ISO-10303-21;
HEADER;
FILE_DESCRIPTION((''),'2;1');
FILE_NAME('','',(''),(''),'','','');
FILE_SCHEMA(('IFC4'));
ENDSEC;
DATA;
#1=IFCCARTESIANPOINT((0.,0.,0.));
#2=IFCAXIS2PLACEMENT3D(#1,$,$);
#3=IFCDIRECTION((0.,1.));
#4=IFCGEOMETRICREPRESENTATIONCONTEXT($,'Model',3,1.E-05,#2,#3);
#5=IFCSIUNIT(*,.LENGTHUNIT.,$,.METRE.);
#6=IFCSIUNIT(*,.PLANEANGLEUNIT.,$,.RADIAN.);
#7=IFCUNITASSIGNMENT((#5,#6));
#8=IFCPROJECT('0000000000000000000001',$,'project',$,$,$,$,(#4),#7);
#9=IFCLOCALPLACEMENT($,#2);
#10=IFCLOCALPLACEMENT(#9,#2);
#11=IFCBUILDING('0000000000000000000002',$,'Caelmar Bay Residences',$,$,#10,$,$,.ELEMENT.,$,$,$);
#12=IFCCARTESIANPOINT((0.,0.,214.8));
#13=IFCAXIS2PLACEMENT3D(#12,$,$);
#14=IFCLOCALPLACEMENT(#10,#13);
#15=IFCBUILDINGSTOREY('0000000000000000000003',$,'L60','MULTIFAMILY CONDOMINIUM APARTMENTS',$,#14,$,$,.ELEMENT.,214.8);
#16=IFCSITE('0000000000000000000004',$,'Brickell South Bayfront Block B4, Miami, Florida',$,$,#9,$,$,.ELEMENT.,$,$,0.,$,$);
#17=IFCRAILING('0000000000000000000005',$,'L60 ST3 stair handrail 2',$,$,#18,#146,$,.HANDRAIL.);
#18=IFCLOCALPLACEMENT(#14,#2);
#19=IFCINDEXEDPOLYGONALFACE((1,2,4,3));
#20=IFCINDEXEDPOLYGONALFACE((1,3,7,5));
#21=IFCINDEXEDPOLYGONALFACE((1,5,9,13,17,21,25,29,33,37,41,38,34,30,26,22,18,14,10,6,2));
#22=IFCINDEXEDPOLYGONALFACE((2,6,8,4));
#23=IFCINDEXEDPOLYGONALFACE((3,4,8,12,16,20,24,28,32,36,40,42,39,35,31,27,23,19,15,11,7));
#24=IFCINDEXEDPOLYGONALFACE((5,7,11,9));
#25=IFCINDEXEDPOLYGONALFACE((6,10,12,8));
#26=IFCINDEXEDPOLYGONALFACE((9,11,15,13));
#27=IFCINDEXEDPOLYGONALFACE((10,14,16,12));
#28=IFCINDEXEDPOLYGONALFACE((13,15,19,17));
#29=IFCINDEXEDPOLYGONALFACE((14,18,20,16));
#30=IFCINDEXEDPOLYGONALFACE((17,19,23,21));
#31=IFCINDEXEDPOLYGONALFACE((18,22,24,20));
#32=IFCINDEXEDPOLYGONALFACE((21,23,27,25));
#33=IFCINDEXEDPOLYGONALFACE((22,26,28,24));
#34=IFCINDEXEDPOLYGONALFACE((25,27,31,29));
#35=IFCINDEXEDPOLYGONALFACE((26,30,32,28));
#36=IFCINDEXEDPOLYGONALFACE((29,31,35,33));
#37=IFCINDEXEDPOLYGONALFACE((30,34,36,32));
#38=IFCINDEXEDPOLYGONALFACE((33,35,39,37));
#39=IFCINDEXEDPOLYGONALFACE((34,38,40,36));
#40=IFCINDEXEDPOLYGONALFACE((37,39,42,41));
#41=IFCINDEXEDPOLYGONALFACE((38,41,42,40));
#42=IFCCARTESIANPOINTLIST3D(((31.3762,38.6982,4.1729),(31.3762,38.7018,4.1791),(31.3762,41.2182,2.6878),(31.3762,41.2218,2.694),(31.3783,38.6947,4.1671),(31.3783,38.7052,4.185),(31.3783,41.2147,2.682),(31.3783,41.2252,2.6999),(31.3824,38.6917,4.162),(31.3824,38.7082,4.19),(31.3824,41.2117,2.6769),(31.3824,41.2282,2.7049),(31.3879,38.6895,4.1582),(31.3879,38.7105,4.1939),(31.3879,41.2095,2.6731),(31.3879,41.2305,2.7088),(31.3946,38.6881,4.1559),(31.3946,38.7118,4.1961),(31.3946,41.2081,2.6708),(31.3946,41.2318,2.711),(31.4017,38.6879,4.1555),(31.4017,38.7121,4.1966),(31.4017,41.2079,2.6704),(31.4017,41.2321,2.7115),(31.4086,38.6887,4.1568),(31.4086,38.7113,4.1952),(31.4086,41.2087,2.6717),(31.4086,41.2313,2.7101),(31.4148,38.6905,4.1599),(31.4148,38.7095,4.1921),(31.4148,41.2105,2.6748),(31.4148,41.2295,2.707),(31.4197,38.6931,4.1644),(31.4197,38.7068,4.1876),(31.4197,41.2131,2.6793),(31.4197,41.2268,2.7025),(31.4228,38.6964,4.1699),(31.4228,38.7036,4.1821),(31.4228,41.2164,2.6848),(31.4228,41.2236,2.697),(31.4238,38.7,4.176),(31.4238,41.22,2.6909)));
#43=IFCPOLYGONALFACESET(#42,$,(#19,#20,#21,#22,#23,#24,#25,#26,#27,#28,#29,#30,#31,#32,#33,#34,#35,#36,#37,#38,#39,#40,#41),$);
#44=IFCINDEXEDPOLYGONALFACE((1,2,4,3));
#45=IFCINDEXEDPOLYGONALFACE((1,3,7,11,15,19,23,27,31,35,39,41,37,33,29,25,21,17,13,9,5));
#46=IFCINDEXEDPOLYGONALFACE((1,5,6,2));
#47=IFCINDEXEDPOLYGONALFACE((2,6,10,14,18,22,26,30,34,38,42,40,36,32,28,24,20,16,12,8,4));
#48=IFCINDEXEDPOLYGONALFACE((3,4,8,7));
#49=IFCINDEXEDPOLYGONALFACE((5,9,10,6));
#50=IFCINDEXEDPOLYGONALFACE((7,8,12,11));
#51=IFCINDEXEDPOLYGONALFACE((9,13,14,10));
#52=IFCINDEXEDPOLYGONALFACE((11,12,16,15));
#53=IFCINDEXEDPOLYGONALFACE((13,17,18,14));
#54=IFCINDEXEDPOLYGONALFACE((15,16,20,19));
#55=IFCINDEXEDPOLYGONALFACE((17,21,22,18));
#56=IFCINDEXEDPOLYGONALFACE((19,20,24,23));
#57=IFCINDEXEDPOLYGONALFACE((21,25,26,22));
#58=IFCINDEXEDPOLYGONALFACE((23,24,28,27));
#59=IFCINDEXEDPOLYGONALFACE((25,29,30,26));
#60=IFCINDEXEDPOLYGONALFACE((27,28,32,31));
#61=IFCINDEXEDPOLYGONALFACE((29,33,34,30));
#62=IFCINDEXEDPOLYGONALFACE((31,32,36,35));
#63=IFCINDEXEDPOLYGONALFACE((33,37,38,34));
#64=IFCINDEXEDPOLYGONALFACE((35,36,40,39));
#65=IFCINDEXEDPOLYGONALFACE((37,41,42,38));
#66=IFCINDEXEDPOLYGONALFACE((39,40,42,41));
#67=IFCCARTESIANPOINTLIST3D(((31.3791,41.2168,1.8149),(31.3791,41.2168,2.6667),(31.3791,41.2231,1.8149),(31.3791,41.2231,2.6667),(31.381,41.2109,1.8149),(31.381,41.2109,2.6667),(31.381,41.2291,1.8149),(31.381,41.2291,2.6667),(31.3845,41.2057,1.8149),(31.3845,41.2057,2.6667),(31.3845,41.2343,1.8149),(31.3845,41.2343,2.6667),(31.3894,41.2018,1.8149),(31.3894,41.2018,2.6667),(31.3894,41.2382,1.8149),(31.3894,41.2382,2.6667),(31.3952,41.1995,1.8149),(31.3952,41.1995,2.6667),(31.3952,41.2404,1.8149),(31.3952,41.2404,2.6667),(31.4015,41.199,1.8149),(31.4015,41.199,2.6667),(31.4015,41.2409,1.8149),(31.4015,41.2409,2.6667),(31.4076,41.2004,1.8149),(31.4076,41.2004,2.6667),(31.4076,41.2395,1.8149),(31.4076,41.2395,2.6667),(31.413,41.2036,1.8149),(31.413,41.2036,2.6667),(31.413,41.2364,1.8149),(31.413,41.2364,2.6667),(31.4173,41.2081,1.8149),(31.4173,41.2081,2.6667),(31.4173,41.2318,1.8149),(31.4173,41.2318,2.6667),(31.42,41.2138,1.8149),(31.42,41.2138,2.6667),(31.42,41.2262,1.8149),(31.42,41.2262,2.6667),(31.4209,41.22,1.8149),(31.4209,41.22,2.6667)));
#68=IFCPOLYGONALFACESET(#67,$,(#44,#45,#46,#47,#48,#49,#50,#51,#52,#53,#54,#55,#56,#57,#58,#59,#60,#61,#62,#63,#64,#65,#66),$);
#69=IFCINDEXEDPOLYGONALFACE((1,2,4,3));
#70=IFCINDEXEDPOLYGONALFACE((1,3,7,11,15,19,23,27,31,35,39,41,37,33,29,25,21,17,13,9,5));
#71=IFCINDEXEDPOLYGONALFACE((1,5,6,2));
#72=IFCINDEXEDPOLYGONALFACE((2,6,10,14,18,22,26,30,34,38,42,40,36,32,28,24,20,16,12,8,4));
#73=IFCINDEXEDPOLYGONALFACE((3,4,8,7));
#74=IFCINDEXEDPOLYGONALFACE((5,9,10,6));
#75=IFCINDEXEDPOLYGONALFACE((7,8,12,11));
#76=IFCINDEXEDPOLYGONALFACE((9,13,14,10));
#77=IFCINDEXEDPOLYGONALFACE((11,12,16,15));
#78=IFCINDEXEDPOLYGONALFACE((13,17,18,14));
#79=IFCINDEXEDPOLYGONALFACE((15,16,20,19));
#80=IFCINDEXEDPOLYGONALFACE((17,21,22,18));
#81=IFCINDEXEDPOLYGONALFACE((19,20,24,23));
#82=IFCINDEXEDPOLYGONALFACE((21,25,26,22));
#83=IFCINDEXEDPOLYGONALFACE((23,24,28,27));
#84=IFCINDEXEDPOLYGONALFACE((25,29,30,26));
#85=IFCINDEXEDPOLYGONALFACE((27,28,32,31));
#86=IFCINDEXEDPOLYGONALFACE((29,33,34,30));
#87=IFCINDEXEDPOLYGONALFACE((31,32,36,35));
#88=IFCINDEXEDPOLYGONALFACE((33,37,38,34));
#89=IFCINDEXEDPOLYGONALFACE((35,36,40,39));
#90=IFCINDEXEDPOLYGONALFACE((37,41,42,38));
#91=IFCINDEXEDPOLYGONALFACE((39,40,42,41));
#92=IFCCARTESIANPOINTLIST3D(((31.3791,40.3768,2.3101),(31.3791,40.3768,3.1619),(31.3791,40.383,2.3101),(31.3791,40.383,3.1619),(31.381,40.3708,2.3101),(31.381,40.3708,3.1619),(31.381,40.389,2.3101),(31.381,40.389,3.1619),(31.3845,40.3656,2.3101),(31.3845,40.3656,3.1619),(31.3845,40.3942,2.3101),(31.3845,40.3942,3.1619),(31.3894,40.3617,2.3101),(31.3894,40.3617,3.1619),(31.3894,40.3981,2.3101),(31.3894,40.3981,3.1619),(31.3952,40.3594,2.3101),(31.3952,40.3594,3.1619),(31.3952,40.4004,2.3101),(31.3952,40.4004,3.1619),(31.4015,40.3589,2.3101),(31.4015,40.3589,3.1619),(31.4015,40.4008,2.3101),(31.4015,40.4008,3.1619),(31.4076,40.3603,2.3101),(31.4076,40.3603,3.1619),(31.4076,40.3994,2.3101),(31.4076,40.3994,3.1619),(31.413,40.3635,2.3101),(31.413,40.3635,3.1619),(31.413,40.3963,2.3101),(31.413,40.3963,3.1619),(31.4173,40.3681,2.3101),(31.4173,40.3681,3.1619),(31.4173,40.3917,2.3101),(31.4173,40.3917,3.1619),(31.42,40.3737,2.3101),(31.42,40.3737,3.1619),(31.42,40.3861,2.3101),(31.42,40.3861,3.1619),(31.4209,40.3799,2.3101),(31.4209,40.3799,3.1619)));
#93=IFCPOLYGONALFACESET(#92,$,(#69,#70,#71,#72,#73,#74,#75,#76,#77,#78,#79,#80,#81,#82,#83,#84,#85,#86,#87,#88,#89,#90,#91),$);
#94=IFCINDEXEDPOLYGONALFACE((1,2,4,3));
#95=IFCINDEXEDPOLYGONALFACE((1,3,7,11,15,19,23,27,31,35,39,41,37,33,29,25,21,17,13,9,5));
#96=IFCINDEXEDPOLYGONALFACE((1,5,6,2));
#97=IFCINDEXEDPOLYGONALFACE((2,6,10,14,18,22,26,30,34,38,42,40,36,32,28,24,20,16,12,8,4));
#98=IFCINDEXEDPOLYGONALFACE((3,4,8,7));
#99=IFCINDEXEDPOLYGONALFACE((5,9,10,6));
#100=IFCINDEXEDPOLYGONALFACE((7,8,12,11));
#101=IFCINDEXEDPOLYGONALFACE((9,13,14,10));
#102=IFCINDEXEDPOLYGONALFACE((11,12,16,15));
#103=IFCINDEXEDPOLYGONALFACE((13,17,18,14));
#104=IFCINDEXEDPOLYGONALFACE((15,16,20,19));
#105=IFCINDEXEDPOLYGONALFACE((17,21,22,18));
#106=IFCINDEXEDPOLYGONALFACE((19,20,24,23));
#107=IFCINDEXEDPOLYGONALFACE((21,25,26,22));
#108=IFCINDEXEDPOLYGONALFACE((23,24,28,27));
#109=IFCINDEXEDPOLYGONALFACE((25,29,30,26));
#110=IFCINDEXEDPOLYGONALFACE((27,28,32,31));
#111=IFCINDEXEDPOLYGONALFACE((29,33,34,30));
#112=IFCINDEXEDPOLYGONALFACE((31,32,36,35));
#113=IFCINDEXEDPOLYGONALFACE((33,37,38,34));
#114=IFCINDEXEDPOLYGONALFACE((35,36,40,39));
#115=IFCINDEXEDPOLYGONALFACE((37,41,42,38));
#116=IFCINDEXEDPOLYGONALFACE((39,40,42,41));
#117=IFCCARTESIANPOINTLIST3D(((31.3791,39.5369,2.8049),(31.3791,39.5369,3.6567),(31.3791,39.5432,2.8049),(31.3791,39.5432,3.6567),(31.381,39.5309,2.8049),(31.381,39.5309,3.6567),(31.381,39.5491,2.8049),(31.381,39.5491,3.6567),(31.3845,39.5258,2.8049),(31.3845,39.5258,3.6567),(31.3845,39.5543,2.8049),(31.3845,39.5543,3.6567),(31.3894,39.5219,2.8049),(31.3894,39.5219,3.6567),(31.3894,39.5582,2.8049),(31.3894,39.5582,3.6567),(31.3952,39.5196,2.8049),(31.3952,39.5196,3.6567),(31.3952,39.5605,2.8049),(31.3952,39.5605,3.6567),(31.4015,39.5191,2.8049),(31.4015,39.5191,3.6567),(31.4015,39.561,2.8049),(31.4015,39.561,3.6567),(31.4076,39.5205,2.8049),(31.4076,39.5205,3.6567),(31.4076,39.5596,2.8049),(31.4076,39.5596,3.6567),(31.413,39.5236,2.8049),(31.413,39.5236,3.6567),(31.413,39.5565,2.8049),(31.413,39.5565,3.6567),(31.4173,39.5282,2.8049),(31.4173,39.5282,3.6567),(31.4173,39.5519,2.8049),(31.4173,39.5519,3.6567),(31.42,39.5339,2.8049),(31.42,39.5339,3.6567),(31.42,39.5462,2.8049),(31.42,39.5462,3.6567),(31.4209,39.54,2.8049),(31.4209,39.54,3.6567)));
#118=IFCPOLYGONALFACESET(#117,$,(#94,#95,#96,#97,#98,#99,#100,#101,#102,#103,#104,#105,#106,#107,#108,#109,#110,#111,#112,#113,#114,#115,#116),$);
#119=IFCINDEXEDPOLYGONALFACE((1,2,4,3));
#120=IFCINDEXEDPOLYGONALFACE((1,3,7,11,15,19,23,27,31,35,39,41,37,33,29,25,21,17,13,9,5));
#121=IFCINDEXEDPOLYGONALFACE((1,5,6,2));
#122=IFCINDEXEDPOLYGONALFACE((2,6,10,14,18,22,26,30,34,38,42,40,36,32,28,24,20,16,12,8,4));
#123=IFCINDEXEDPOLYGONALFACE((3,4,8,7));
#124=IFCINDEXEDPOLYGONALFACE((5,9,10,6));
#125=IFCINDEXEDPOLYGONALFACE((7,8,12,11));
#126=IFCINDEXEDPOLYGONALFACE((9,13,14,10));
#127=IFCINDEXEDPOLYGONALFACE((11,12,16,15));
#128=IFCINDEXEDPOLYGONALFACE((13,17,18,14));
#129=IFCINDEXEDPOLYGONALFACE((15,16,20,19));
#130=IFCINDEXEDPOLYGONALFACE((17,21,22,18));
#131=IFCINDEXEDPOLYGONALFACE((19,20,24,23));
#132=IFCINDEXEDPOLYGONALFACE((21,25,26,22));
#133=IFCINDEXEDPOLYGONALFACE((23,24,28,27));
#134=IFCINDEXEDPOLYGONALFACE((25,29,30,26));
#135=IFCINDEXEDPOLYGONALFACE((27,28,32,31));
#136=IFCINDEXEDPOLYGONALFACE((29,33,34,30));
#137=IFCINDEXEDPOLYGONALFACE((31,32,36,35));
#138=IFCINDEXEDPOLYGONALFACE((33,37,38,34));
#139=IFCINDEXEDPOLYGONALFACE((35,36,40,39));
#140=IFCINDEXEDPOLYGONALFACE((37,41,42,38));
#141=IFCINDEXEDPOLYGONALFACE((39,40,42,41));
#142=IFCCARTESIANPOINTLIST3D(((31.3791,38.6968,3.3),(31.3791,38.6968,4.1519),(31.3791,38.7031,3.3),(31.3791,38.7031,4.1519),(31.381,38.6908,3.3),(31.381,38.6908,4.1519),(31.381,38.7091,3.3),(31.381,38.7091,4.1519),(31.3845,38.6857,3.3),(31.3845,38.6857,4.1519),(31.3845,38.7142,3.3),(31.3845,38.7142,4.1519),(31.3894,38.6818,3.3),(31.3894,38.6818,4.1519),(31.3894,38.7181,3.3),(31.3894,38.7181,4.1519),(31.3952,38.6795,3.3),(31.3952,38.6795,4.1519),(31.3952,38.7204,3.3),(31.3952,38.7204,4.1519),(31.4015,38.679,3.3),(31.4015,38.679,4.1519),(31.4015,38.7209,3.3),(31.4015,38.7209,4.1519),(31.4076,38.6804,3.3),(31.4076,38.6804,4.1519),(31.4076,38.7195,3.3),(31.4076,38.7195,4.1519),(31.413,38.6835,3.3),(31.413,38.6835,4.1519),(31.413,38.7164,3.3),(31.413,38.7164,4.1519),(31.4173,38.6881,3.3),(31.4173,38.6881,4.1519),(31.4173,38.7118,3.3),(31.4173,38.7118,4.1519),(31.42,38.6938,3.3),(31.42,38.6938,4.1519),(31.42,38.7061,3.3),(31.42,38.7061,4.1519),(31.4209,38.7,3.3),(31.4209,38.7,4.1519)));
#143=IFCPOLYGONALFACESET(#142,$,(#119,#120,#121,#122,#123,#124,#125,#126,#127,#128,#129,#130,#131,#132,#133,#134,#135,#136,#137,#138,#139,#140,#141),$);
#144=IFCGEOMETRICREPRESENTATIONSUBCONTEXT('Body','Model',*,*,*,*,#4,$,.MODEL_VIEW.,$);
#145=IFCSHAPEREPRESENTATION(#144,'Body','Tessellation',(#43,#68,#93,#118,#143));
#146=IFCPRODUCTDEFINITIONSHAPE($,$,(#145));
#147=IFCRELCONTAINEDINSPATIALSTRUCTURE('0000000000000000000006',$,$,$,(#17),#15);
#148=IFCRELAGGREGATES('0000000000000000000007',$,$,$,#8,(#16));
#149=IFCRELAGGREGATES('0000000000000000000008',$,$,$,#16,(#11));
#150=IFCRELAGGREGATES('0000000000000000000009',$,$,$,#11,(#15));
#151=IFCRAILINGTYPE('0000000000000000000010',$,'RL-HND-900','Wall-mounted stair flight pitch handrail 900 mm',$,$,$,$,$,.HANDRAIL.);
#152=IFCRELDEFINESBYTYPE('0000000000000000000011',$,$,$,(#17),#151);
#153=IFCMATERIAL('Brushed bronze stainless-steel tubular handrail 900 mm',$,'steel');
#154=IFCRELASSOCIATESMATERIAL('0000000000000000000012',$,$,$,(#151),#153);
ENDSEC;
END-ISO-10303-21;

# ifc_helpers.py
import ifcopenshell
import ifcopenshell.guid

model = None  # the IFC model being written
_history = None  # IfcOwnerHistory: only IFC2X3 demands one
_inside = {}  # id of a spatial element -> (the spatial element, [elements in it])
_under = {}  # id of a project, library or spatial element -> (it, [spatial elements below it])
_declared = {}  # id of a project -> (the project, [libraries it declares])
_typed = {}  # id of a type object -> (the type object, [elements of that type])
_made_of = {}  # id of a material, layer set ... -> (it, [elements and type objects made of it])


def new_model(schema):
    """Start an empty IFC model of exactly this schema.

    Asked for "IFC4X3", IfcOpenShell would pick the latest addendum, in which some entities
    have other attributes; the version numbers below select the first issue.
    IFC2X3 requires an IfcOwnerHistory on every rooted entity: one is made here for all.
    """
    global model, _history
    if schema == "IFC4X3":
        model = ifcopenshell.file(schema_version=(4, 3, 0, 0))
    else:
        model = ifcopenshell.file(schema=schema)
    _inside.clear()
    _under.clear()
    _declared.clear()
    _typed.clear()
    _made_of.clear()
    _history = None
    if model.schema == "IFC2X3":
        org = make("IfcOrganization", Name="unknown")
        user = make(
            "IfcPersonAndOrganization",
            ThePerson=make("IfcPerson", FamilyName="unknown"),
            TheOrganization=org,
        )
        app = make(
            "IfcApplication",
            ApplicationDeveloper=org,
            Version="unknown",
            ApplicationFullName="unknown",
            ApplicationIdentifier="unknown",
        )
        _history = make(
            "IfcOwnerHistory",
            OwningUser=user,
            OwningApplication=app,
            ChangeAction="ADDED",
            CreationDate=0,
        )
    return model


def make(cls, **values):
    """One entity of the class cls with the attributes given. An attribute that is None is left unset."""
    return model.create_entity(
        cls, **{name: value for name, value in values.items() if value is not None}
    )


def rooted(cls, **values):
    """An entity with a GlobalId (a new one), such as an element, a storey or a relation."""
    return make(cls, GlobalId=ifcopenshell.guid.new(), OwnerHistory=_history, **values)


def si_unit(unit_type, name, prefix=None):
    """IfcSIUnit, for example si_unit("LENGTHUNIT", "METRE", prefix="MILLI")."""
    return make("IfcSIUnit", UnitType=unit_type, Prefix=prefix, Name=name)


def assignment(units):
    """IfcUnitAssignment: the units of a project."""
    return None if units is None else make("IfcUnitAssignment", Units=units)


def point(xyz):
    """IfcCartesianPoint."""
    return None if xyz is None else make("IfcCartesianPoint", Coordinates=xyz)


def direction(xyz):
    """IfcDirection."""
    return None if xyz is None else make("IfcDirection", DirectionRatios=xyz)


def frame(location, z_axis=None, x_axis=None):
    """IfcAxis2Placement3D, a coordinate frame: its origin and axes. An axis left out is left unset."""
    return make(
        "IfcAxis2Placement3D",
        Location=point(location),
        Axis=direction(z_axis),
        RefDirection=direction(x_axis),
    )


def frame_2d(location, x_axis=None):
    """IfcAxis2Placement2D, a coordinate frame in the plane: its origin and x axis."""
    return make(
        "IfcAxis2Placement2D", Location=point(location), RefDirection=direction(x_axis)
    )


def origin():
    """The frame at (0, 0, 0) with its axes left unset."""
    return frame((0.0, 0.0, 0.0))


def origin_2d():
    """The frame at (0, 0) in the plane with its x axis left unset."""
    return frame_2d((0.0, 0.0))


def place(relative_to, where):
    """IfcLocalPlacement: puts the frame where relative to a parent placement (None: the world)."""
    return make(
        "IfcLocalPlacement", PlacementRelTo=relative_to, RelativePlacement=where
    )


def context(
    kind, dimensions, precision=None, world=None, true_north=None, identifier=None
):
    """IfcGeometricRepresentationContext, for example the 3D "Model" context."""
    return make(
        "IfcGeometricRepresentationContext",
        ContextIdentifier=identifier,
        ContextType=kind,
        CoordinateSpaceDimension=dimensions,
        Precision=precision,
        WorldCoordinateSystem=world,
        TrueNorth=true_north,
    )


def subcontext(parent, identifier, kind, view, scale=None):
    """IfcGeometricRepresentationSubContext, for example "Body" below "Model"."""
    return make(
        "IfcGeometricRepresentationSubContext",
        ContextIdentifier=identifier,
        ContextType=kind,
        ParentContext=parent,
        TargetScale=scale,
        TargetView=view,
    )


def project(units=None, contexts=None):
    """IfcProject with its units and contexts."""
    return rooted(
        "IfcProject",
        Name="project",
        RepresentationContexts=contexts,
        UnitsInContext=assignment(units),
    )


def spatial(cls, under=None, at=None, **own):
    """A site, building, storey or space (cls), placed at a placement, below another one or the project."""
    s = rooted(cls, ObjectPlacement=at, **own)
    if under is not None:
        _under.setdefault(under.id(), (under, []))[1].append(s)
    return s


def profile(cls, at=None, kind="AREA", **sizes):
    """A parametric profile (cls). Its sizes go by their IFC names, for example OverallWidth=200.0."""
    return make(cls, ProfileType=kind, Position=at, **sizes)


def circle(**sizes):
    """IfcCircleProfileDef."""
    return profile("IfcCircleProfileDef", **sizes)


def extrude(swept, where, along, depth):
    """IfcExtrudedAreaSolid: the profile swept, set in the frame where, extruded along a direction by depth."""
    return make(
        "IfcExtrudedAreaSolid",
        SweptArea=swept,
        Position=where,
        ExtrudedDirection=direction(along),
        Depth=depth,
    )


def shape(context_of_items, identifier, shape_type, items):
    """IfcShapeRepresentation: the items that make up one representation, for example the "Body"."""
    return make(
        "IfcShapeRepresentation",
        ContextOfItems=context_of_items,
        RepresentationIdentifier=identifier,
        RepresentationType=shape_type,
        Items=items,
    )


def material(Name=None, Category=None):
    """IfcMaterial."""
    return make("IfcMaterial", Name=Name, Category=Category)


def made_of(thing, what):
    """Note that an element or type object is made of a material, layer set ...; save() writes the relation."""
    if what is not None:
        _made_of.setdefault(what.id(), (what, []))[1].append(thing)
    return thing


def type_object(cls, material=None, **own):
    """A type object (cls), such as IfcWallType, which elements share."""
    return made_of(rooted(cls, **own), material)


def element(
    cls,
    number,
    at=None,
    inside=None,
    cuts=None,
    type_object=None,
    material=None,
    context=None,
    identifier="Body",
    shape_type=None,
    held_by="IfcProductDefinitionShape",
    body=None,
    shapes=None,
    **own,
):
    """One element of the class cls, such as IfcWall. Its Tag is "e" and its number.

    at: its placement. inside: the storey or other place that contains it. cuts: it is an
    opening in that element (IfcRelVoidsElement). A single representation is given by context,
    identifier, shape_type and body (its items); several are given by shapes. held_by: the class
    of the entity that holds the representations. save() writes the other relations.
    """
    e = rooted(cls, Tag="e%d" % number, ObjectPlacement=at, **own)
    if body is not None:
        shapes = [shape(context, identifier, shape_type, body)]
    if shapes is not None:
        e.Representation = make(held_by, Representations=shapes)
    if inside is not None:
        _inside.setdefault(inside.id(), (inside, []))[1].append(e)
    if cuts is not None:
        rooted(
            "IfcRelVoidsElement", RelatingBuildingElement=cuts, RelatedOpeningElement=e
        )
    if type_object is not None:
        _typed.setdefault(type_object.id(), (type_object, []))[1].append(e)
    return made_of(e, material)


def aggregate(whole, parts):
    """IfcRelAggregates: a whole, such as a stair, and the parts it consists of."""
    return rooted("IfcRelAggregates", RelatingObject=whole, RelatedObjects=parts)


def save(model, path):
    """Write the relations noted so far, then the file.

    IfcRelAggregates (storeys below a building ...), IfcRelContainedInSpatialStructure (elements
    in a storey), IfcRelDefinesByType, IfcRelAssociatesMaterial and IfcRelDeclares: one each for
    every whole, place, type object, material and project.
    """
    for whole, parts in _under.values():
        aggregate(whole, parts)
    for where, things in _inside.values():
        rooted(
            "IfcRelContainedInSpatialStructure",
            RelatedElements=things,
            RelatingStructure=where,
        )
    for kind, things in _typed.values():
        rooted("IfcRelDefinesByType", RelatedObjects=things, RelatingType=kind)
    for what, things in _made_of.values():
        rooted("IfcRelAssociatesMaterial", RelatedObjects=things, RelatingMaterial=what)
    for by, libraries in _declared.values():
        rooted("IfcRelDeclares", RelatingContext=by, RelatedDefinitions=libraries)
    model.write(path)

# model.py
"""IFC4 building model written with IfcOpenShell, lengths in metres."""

from ifc_helpers import new_model, si_unit, direction, frame, origin, origin_2d, place, context, subcontext, project, spatial, circle, extrude, material, type_object, element, save


model = new_model("IFC4")

# Units and contexts
model_context = context("Model", 3, precision=1e-05, world=origin(), true_north=direction((0.0, 1.0)))
body_context = subcontext(model_context, "Body", "Model", "MODEL_VIEW")
ifc_project = project(units=[si_unit("LENGTHUNIT", "METRE"), si_unit("PLANEANGLEUNIT", "RADIAN")], contexts=[model_context])

# Site, building, storey
site_placement = place(None, origin())
site = spatial("IfcSite", under=ifc_project, at=site_placement, Name="Brickell South Bayfront Block B4, Miami, Florida", CompositionType="ELEMENT", RefElevation=0.0)
building_placement = place(site_placement, origin())
building = spatial("IfcBuilding", under=site, at=building_placement, Name="Caelmar Bay Residences", CompositionType="ELEMENT")
storey_placement = place(building_placement, frame((0.0, 0.0, 214.8)))
storey = spatial("IfcBuildingStorey", under=building, at=storey_placement, Name="L60", Description="MULTIFAMILY CONDOMINIUM APARTMENTS", CompositionType="ELEMENT", Elevation=214.8)

# Railing
ifc_material_1 = material(Name="Brushed bronze stainless-steel tubular handrail 900 mm", Category="steel")
railing_type_1 = type_object("IfcRailingType", Name="RL-HND-900", Description="Wall-mounted stair flight pitch handrail 900 mm", PredefinedType="HANDRAIL", material=ifc_material_1)
for number, where, name in (
    (1, (31.3999, 41.22, 1.8149), "L60 ST3 stair handrail 2"),
):
    element("IfcRailing", number, at=place(storey_placement, frame(where)), inside=storey, type_object=railing_type_1, Name=name, PredefinedType="HANDRAIL", context=body_context, shape_type="SweptSolid", body=[
        extrude(circle(Radius=0.0239, at=origin_2d()), frame((0.0, 0.0, 0.876), z_axis=(0.0, -0.861524, 0.507717), x_axis=(1.0, 0.0, 0.0)), (0.0, 0.0, 1.0), 2.925),
        extrude(circle(Radius=0.021, at=origin_2d()), origin(), (0.0, 0.0, 1.0), 0.8518),
        extrude(circle(Radius=0.021, at=origin_2d()), frame((0.0, -0.8401, 0.4951)), (0.0, 0.0, 1.0), 0.8518),
        extrude(circle(Radius=0.021, at=origin_2d()), frame((0.0, -1.6799, 0.99)), (0.0, 0.0, 1.0), 0.8518),
        extrude(circle(Radius=0.021, at=origin_2d()), frame((0.0, -2.52, 1.4851)), (0.0, 0.0, 1.0), 0.8518),
    ])

save(model, "model.ifc")
